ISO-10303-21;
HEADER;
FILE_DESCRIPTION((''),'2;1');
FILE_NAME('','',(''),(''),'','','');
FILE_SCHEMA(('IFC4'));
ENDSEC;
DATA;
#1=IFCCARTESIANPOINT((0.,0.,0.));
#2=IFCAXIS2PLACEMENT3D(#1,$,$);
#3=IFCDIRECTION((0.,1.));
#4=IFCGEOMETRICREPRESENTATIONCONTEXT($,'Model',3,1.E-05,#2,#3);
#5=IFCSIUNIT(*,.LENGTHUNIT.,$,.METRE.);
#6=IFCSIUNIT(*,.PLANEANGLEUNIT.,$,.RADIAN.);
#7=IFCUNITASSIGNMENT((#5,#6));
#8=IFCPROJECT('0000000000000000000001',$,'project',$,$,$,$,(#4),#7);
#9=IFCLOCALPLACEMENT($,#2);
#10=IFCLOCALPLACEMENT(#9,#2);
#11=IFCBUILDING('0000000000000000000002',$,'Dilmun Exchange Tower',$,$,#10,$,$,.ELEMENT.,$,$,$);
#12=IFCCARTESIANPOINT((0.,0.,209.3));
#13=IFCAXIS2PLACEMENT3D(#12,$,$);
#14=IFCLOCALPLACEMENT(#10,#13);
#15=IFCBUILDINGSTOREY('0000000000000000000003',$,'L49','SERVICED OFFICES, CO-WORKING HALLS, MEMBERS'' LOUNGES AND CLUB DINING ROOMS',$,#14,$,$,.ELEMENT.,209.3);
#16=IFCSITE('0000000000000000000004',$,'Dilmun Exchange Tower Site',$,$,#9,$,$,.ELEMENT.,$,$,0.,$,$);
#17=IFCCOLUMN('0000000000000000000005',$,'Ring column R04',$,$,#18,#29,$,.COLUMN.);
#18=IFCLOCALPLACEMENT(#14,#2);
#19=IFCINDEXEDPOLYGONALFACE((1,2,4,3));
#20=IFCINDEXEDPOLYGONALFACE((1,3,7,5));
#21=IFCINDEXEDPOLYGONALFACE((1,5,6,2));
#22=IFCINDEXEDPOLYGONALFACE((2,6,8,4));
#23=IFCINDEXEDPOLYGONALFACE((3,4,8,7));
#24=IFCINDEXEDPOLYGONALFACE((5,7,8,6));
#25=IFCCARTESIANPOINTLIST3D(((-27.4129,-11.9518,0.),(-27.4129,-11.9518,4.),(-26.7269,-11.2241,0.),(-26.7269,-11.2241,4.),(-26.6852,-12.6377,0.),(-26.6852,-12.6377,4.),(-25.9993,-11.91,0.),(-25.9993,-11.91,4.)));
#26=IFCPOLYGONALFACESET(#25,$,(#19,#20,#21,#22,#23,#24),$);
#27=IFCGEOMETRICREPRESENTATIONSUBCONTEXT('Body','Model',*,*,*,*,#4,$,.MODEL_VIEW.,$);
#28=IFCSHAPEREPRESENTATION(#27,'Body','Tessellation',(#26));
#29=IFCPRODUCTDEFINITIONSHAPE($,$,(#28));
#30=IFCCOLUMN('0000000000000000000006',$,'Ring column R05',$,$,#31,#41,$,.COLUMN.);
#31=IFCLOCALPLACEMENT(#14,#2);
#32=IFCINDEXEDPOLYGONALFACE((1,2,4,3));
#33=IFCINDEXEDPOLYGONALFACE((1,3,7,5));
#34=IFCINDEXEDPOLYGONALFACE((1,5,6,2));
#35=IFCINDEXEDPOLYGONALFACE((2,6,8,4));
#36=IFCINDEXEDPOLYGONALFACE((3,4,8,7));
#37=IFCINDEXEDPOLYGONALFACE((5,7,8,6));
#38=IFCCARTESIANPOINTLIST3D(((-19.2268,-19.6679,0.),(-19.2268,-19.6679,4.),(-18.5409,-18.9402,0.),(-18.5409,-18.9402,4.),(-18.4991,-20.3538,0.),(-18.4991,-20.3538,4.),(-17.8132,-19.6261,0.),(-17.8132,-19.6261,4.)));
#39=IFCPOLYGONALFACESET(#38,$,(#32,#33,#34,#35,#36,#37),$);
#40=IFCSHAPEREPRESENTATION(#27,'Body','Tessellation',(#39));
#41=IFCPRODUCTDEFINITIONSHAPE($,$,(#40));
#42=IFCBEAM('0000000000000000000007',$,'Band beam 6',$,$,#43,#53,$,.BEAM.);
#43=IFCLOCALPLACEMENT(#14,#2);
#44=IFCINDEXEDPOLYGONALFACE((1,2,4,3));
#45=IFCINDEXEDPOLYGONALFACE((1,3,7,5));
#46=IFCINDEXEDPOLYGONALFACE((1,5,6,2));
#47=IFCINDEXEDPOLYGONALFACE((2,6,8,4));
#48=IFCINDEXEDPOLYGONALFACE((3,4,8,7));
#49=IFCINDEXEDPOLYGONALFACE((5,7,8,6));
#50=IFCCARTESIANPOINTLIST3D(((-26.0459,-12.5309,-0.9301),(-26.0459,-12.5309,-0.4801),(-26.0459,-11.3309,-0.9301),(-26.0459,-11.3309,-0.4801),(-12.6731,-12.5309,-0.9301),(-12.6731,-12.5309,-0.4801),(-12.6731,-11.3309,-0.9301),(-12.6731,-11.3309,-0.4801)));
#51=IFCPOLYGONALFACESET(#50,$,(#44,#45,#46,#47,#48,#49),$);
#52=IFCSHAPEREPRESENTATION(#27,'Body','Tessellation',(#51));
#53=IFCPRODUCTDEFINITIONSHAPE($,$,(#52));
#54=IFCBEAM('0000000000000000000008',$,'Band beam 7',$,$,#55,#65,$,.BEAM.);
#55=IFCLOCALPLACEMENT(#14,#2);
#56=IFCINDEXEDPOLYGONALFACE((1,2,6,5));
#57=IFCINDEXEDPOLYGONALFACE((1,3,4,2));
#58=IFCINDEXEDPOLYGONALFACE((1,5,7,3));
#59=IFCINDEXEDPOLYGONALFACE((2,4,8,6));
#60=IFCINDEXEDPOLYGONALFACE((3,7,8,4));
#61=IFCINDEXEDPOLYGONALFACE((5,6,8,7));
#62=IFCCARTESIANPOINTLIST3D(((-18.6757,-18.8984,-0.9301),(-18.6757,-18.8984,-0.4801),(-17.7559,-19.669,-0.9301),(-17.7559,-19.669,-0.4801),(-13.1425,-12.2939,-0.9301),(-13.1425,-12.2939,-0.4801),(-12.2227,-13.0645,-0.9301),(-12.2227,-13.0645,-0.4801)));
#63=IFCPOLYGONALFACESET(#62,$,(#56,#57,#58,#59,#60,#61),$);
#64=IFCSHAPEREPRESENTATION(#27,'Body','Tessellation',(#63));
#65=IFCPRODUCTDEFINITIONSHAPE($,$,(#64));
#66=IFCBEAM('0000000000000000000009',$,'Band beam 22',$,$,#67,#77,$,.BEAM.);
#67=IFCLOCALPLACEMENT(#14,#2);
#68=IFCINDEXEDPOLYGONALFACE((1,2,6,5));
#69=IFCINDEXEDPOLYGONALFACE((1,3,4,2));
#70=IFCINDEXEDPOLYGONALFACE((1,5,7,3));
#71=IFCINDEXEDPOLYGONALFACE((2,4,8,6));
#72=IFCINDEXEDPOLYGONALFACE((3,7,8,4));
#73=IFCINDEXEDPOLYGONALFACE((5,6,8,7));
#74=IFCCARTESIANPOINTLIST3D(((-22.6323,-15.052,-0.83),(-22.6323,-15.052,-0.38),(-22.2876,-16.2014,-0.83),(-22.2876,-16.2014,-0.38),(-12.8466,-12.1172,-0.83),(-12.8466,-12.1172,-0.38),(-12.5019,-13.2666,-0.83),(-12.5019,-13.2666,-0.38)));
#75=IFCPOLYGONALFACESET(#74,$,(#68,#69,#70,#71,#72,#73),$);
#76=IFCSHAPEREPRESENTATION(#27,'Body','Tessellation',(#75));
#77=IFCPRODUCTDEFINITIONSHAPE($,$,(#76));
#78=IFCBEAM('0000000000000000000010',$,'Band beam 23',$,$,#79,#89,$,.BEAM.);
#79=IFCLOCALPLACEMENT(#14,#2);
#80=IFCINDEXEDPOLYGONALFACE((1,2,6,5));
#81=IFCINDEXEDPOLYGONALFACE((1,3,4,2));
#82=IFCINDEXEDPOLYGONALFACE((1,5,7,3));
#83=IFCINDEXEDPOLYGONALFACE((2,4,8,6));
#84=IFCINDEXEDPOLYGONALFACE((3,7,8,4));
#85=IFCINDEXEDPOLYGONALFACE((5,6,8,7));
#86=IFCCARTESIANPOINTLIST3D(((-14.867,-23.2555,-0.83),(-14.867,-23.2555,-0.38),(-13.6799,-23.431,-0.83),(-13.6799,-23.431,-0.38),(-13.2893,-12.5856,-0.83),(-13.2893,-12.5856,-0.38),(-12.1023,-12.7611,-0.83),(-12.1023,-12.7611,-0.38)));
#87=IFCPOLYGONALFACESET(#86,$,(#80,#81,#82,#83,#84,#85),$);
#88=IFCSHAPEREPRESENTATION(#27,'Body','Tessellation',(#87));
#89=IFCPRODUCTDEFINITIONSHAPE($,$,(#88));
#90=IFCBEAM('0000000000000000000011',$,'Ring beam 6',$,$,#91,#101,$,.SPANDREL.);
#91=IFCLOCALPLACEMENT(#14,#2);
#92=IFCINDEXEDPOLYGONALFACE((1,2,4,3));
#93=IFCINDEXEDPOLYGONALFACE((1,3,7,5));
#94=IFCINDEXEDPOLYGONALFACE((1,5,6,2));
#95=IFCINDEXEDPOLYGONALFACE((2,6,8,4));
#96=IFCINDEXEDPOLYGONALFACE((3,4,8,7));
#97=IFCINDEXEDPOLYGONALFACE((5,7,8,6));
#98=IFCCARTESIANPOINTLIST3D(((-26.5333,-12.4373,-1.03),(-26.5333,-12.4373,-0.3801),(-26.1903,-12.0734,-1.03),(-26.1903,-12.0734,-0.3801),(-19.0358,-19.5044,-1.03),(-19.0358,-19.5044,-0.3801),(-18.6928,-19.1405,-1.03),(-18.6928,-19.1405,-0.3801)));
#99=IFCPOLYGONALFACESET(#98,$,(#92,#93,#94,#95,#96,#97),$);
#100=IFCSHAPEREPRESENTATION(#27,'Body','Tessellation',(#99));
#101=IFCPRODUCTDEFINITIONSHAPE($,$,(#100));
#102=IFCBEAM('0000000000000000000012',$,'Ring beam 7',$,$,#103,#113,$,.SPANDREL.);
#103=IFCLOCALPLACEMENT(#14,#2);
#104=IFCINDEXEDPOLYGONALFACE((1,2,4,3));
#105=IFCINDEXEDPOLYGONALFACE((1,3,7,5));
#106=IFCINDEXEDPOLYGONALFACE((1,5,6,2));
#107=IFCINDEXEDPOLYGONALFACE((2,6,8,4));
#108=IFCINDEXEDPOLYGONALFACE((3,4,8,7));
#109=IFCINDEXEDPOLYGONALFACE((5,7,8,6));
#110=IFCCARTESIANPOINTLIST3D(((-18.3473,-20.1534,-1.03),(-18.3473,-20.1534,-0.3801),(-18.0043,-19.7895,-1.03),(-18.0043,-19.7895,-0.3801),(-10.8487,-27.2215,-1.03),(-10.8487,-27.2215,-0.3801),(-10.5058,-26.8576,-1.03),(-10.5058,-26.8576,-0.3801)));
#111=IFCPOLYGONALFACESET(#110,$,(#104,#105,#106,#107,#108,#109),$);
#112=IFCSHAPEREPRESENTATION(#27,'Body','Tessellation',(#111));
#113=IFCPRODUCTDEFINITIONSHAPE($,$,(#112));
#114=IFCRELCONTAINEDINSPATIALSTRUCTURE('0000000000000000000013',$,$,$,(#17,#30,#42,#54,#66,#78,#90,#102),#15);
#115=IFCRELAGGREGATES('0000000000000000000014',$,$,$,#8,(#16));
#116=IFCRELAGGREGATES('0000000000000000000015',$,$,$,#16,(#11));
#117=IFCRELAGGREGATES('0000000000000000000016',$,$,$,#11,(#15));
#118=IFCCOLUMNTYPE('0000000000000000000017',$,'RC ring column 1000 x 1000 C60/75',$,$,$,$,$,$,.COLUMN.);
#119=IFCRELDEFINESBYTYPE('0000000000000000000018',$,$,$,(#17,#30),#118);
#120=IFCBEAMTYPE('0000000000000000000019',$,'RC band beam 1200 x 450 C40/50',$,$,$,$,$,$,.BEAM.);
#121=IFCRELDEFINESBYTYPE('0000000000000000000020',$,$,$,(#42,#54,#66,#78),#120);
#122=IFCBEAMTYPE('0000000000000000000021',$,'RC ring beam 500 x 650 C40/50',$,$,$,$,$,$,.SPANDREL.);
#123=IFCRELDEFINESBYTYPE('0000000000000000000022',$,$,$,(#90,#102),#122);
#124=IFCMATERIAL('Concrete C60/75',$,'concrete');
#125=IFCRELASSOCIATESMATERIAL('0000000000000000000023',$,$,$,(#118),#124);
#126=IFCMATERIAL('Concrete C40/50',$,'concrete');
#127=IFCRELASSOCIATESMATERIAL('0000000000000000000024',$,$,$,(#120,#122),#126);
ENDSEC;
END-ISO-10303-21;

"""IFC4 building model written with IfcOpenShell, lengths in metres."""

from ifc_helpers import new_model, si_unit, direction, frame, origin, origin_2d, place, context, subcontext, project, spatial, rectangle, extrude, material, material_profile, profile_set, type_object, element, save


model = new_model("IFC4")

# Units and contexts
model_context = context("Model", 3, precision=1e-05, world=origin(), true_north=direction((0.0, 1.0)))
body_context = subcontext(model_context, "Body", "Model", "MODEL_VIEW")
ifc_project = project(units=[si_unit("LENGTHUNIT", "METRE"), si_unit("PLANEANGLEUNIT", "RADIAN")], contexts=[model_context])

# Site, building, storey
site_placement = place(None, origin())
site = spatial("IfcSite", under=ifc_project, at=site_placement, Name="Dilmun Exchange Tower Site", CompositionType="ELEMENT", RefElevation=0.0)
building_placement = place(site_placement, origin())
building = spatial("IfcBuilding", under=site, at=building_placement, Name="Dilmun Exchange Tower", CompositionType="ELEMENT")
storey_placement = place(building_placement, frame((0.0, 0.0, 209.3)))
storey = spatial("IfcBuildingStorey", under=building, at=storey_placement, Name="L49", Description="SERVICED OFFICES, CO-WORKING HALLS, MEMBERS' LOUNGES AND CLUB DINING ROOMS", CompositionType="ELEMENT", Elevation=209.3)

# Columns
ifc_material_1 = material(Name="Concrete C60/75", Category="concrete")
ifc_material_profile_1 = material_profile(ifc_material_1, rectangle(XDim=1.0, YDim=1.0, at=origin_2d()), Name="1000 x 1000")
ifc_profile_set_1 = profile_set([ifc_material_profile_1], Name="Concrete C60/75")
column_type = type_object("IfcColumnType", Name="RC ring column 1000 x 1000 C60/75", PredefinedType="COLUMN", material=ifc_profile_set_1)
for number, where, z_axis, x_axis, name in (
    (1, (-26.7061, -11.9309, 0.0), (0.0, 0.0, 1.0), (0.685916, 0.727681, 0.0), "Ring column R04"),
    (2, (-18.52, -19.647, 0.0), (0.0, 0.0, 1.0), (0.685916, 0.727681, 0.0), "Ring column R05"),
):
    element("IfcColumn", number, at=place(storey_placement, frame(where, z_axis=z_axis, x_axis=x_axis)), inside=storey, type_object=column_type, Name=name, PredefinedType="COLUMN", context=body_context, shape_type="SweptSolid", body=[
        extrude(rectangle(XDim=1.0, YDim=1.0, at=origin_2d()), origin(), (0.0, 0.0, 1.0), 4.0),
    ])

# Beams
ifc_material_2 = material(Name="Concrete C40/50", Category="concrete")
ifc_material_profile_2 = material_profile(ifc_material_2, rectangle(XDim=1.2, YDim=0.45, at=origin_2d()), Name="1200 x 450")
ifc_profile_set_2 = profile_set([ifc_material_profile_2], Name="Concrete C40/50")
beam_type_1 = type_object("IfcBeamType", Name="RC band beam 1200 x 450 C40/50", PredefinedType="BEAM", material=ifc_profile_set_2)
beam_1_placement = place(storey_placement, frame((-26.0459, -11.9309, -0.7051), z_axis=(1.0, 0.0, 0.0), x_axis=(0.0, 1.0, 0.0)))
element("IfcBeam", 3, at=beam_1_placement, inside=storey, type_object=beam_type_1, Name="Band beam 6", PredefinedType="BEAM", context=body_context, shape_type="SweptSolid", body=[
    extrude(rectangle(XDim=1.2, YDim=0.45, at=origin_2d()), origin(), (0.0, 0.0, 1.0), 13.3728),
])
beam_2_placement = place(storey_placement, frame((-18.2158, -19.2837, -0.7051), z_axis=(0.6422, 0.766537, 0.0), x_axis=(-0.766537, 0.6422, 0.0)))
element("IfcBeam", 4, at=beam_2_placement, inside=storey, type_object=beam_type_1, Name="Band beam 7", PredefinedType="BEAM", context=body_context, shape_type="SweptSolid", body=[
    extrude(rectangle(XDim=1.2, YDim=0.45, at=origin_2d()), origin(), (0.0, 0.0, 1.0), 8.616),
])
beam_3_placement = place(storey_placement, frame((-22.46, -15.6267, -0.605), z_axis=(0.95785, 0.287269, 0.0), x_axis=(-0.287269, 0.95785, 0.0)))
element("IfcBeam", 5, at=beam_3_placement, inside=storey, type_object=beam_type_1, Name="Band beam 22", PredefinedType="BEAM", context=body_context, shape_type="SweptSolid", body=[
    extrude(rectangle(XDim=1.2, YDim=0.45, at=origin_2d()), origin(), (0.0, 0.0, 1.0), 10.2163),
])
beam_4_placement = place(storey_placement, frame((-14.2734, -23.3433, -0.605), z_axis=(0.146268, 0.989245, 0.0), x_axis=(-0.989245, 0.146268, 0.0)))
element("IfcBeam", 6, at=beam_4_placement, inside=storey, type_object=beam_type_1, Name="Band beam 23", PredefinedType="BEAM", context=body_context, shape_type="SweptSolid", body=[
    extrude(rectangle(XDim=1.2, YDim=0.45, at=origin_2d()), origin(), (0.0, 0.0, 1.0), 10.7859),
])
ifc_material_profile_3 = material_profile(ifc_material_2, rectangle(XDim=0.5, YDim=0.6499, at=origin_2d()), Name="500 x 650")
ifc_profile_set_3 = profile_set([ifc_material_profile_3], Name="Concrete C40/50")
beam_type_2 = type_object("IfcBeamType", Name="RC ring beam 500 x 650 C40/50", PredefinedType="SPANDREL", material=ifc_profile_set_3)
beam_5_placement = place(storey_placement, frame((-26.3618, -12.2554, -0.7051), z_axis=(0.727686, -0.685911, 0.0), x_axis=(0.685911, 0.727686, 0.0)))
element("IfcBeam", 7, at=beam_5_placement, inside=storey, type_object=beam_type_2, Name="Ring beam 6", PredefinedType="SPANDREL", context=body_context, shape_type="SweptSolid", body=[
    extrude(rectangle(XDim=0.5, YDim=0.6499, at=origin_2d()), origin(), (0.0, 0.0, 1.0), 10.3032),
])
beam_6_placement = place(storey_placement, frame((-18.1758, -19.9714, -0.7051), z_axis=(0.727683, -0.685914, 0.0), x_axis=(0.685914, 0.727683, 0.0)))
element("IfcBeam", 8, at=beam_6_placement, inside=storey, type_object=beam_type_2, Name="Ring beam 7", PredefinedType="SPANDREL", context=body_context, shape_type="SweptSolid", body=[
    extrude(rectangle(XDim=0.5, YDim=0.6499, at=origin_2d()), origin(), (0.0, 0.0, 1.0), 10.3047),
])

save(model, "model.ifc")
